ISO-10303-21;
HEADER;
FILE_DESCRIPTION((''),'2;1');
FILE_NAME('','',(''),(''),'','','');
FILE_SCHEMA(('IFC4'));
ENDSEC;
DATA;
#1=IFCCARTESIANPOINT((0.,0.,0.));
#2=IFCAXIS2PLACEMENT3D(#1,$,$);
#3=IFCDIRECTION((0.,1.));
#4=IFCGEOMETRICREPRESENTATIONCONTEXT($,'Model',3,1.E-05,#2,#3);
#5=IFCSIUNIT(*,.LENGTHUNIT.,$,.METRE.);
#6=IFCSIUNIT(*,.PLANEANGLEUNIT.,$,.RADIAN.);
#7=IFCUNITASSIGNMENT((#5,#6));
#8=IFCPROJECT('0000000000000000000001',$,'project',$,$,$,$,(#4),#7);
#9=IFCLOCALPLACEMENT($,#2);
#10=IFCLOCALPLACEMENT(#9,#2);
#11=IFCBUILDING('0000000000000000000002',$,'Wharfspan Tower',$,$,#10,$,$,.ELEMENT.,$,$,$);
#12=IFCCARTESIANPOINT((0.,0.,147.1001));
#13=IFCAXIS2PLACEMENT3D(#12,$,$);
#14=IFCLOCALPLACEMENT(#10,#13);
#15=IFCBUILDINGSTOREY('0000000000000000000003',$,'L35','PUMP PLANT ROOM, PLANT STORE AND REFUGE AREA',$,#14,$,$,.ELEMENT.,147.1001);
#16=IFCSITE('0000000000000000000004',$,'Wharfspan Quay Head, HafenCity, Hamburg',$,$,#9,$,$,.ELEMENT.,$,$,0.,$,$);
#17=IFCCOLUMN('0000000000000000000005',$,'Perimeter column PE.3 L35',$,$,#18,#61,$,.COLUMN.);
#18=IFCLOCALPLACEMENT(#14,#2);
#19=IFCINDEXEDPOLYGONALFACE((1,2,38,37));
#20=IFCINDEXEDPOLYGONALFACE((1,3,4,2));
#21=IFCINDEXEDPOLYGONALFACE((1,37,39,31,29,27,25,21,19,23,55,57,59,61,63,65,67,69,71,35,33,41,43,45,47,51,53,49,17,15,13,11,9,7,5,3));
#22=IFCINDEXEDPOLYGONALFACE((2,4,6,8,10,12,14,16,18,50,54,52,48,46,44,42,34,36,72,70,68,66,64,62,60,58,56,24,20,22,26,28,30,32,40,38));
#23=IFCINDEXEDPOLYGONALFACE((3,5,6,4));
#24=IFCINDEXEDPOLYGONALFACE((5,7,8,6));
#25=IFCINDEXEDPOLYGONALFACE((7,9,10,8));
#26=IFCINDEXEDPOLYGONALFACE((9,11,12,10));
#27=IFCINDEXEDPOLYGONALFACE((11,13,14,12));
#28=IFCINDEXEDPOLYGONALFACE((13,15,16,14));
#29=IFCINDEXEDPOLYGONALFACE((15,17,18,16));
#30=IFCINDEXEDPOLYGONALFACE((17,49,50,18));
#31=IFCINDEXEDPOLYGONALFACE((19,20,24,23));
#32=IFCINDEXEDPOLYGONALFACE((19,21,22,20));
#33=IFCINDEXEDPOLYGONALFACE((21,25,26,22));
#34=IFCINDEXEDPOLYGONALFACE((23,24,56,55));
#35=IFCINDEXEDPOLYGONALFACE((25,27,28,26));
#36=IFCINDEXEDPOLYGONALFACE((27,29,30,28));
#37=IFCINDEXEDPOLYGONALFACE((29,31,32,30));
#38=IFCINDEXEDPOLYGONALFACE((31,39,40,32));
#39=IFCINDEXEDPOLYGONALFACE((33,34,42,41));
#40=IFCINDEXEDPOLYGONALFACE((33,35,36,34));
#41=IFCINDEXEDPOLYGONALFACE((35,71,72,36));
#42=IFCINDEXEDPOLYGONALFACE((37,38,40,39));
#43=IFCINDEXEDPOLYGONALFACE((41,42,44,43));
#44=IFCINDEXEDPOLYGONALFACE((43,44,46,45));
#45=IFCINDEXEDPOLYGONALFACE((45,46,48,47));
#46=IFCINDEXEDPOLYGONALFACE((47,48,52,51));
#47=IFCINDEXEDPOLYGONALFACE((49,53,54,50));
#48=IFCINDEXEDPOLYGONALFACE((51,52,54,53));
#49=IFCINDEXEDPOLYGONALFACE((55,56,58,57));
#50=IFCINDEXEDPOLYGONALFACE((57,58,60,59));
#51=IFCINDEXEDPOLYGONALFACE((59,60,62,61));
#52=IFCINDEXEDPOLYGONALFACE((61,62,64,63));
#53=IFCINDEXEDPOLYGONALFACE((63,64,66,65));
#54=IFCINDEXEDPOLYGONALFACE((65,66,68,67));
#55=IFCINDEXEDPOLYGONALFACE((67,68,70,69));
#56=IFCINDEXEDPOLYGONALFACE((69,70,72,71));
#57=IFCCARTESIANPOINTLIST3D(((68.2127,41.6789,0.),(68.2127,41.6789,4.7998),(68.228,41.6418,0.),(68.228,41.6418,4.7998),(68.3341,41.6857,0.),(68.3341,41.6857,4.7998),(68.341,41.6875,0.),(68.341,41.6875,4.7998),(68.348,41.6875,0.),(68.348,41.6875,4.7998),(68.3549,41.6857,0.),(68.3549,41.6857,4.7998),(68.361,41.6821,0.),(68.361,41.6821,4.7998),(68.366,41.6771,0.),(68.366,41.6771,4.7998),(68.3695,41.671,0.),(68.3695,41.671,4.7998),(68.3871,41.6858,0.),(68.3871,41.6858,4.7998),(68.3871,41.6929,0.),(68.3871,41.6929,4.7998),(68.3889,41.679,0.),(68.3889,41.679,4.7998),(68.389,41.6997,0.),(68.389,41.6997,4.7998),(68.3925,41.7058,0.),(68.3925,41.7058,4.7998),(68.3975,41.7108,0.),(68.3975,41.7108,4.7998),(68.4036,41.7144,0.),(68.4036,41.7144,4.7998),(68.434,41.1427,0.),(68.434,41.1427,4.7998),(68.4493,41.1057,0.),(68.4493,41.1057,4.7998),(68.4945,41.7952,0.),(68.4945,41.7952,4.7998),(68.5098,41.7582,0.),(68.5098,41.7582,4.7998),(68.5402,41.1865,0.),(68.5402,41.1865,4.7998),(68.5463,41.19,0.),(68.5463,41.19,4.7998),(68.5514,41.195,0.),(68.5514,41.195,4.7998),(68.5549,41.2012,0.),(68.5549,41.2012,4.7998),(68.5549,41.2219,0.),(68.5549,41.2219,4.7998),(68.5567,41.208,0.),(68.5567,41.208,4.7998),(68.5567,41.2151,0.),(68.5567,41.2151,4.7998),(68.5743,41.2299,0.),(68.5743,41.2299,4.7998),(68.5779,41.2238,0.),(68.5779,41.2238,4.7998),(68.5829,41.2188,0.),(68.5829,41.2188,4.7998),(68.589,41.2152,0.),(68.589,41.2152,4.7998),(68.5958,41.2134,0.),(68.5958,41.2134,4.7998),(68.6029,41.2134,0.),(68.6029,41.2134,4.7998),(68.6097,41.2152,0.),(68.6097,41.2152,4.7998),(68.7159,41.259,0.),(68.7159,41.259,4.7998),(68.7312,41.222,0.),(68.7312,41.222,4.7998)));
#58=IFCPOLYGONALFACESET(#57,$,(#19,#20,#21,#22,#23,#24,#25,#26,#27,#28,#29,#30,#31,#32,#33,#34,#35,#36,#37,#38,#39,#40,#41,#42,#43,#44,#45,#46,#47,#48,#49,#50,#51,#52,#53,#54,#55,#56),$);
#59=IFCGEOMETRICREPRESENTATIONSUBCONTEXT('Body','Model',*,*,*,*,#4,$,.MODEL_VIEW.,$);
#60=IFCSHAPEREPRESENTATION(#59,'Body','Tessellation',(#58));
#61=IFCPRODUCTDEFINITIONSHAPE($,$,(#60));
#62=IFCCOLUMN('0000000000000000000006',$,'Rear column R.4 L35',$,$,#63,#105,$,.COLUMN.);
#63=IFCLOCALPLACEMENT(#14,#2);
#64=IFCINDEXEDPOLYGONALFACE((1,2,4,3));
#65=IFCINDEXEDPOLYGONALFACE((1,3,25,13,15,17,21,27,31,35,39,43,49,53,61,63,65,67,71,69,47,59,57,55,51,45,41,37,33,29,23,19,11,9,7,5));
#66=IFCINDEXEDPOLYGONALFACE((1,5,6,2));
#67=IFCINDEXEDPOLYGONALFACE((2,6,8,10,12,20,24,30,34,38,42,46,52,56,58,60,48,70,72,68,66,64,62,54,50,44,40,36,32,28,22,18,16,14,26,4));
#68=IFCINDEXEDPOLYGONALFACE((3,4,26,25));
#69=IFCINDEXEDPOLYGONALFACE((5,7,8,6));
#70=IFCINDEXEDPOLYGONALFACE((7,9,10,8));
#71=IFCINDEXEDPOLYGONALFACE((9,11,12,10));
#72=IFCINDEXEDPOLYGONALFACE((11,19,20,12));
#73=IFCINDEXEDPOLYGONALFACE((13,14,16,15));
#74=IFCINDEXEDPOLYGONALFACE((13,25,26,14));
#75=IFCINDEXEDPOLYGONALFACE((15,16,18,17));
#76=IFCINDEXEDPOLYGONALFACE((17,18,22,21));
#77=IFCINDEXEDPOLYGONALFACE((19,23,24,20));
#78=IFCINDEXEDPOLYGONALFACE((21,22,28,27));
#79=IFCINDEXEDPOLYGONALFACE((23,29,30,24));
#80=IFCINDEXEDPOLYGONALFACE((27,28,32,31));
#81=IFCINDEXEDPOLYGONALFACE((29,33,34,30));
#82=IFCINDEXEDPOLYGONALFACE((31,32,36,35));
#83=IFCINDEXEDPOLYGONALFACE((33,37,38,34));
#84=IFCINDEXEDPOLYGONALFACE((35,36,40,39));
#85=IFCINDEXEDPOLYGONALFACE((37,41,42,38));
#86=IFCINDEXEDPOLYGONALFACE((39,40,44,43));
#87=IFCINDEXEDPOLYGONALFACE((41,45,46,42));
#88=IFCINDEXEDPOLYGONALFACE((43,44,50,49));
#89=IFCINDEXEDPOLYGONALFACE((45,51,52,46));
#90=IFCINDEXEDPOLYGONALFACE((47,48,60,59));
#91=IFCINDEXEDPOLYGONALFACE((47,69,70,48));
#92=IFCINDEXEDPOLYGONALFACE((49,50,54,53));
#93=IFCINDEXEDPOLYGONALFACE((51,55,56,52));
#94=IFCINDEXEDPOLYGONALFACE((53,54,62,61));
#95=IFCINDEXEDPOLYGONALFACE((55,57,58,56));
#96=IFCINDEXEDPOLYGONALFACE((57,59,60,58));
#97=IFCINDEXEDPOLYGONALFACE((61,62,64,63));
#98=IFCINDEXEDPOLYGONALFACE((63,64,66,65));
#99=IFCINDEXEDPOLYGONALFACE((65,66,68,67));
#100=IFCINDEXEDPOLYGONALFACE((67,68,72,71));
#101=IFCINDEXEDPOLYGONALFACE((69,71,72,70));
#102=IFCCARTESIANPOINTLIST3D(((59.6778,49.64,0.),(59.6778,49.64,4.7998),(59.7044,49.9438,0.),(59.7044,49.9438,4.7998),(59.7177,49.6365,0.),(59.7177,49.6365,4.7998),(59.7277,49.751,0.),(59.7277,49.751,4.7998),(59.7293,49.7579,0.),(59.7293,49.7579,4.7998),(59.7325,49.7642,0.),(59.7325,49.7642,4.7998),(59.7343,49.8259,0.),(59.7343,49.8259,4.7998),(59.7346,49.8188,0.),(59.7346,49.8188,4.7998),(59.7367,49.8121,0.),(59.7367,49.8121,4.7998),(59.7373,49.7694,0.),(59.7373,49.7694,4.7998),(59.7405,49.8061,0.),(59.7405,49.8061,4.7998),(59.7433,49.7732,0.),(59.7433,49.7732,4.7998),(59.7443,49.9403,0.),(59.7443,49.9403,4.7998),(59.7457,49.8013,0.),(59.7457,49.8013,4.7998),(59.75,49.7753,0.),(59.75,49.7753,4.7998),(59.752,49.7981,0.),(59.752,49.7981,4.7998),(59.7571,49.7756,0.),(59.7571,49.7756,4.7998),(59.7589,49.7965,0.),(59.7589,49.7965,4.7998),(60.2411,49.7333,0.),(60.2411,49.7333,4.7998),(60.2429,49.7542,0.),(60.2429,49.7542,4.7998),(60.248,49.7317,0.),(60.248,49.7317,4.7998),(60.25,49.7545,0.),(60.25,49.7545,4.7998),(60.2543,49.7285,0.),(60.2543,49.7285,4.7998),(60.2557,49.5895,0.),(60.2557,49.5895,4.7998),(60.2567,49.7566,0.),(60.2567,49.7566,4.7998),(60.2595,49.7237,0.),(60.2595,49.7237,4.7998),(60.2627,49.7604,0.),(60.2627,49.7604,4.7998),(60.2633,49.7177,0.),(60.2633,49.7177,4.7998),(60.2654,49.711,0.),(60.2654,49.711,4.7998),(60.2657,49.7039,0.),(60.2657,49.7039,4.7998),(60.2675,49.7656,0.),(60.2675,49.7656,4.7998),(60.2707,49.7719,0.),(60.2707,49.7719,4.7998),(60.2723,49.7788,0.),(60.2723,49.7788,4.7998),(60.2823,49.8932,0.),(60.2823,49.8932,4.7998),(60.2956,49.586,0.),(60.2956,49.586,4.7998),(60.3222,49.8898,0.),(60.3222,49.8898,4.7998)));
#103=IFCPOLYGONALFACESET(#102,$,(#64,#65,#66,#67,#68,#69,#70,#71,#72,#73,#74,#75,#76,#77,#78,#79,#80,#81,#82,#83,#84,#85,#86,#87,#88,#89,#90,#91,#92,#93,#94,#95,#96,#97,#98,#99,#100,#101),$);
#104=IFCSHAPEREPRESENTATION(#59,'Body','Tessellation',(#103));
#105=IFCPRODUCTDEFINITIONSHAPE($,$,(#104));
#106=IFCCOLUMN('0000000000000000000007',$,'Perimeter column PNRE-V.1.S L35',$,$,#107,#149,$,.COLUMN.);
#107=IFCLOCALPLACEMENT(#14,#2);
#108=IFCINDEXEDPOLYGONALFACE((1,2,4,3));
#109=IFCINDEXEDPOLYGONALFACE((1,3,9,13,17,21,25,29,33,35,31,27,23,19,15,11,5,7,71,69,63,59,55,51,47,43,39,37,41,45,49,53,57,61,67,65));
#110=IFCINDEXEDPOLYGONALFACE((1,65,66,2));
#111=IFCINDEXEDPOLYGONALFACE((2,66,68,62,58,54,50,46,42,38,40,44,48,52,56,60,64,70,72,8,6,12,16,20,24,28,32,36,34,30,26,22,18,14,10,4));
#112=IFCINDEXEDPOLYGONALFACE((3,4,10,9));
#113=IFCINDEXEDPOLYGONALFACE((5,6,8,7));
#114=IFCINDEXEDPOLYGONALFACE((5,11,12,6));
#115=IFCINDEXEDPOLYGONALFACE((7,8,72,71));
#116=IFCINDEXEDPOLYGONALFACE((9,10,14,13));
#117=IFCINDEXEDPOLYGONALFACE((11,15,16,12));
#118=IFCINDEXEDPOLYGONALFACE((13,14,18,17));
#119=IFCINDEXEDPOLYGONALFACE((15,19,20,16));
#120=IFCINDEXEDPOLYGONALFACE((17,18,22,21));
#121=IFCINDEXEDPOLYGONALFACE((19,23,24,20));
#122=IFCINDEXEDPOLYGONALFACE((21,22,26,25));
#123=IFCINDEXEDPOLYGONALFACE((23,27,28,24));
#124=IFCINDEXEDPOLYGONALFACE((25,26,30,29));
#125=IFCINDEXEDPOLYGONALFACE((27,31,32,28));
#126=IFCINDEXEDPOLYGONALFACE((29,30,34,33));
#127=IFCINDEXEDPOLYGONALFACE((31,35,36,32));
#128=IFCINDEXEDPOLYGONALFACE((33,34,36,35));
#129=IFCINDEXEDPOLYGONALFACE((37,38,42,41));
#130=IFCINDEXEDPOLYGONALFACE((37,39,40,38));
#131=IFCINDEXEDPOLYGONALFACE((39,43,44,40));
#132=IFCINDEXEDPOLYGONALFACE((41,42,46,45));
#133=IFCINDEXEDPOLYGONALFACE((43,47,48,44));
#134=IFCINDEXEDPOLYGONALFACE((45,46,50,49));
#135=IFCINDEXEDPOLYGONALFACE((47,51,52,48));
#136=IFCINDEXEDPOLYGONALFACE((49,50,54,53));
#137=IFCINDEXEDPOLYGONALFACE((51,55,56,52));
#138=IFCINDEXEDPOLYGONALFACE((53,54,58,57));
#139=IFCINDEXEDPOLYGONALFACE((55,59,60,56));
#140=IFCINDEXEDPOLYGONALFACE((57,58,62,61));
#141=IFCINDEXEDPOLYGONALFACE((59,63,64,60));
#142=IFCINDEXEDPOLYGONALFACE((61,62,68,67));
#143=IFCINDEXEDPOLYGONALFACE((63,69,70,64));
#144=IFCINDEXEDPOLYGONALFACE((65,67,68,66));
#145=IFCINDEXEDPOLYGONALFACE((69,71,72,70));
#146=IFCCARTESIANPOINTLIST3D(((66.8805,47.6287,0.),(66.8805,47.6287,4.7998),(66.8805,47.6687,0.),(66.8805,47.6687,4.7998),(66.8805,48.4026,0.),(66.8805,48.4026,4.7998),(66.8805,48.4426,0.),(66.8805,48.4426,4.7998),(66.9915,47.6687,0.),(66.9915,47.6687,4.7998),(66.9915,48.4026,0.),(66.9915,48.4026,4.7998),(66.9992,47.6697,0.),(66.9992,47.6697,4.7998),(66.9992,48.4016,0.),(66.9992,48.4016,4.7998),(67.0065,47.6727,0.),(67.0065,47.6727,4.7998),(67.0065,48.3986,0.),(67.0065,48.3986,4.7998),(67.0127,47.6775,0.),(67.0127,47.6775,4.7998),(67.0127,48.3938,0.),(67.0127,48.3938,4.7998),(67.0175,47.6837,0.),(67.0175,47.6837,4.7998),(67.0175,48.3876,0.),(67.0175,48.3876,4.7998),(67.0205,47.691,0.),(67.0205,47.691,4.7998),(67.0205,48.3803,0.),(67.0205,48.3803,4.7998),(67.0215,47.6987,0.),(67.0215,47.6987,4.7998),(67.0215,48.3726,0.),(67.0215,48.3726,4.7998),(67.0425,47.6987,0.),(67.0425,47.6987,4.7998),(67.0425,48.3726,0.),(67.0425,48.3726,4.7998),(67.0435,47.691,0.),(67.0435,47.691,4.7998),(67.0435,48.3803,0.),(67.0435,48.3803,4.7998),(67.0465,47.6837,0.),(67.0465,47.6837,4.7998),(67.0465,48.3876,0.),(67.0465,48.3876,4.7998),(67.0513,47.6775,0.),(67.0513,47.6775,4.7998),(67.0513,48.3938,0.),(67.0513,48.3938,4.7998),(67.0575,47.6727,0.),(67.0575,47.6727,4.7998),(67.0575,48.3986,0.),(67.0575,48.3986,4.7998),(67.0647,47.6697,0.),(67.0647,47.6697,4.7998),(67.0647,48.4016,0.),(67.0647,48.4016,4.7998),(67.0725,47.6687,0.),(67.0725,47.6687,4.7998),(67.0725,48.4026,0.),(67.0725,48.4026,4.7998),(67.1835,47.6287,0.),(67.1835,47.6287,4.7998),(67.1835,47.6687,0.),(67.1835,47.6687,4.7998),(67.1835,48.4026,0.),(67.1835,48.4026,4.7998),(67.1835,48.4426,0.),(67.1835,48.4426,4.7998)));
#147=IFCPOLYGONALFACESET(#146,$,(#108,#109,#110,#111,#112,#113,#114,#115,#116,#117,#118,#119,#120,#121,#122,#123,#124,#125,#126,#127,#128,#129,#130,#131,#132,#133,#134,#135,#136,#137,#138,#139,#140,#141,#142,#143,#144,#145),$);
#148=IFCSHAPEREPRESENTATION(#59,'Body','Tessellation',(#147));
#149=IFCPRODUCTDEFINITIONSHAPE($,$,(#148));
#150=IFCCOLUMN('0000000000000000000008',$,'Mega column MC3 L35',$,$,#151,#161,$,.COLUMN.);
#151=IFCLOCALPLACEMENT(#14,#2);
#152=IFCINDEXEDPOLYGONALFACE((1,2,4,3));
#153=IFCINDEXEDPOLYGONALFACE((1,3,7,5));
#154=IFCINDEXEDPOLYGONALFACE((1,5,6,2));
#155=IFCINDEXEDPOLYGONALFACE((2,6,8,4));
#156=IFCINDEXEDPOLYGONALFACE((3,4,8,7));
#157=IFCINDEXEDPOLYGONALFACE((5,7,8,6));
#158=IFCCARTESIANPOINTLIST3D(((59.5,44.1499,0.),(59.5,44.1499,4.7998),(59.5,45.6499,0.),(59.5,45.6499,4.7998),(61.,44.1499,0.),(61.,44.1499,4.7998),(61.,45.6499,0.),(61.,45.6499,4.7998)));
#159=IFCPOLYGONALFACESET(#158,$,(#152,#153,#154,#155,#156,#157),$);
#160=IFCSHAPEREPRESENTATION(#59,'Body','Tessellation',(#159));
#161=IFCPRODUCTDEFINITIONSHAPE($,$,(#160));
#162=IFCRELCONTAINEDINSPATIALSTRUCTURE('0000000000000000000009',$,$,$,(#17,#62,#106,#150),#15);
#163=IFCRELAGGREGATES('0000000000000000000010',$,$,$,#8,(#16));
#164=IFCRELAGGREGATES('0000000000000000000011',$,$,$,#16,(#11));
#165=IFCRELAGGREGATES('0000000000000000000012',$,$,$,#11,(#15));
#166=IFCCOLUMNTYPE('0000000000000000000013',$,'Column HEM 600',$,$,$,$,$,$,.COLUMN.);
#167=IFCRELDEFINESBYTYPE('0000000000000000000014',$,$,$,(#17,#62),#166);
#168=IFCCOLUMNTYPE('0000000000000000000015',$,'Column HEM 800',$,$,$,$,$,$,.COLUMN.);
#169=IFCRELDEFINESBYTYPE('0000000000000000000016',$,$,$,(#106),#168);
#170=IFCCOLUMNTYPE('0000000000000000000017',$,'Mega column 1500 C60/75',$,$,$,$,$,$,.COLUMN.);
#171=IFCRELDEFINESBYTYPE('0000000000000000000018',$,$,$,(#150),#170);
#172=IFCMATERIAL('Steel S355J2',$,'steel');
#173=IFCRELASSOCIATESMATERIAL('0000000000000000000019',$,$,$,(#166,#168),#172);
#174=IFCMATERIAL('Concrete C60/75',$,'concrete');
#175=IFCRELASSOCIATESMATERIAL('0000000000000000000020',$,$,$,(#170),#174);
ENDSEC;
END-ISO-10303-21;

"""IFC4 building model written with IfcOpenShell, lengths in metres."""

from ifc_helpers import new_model, si_unit, direction, frame, origin, origin_2d, place, context, subcontext, project, spatial, rectangle, i_section, extrude, material, material_profile, profile_set, type_object, element, save


model = new_model("IFC4")

# Units and contexts
model_context = context("Model", 3, precision=1e-05, world=origin(), true_north=direction((0.0, 1.0)))
body_context = subcontext(model_context, "Body", "Model", "MODEL_VIEW")
ifc_project = project(units=[si_unit("LENGTHUNIT", "METRE"), si_unit("PLANEANGLEUNIT", "RADIAN")], contexts=[model_context])

# Site, building, storey
site_placement = place(None, origin())
site = spatial("IfcSite", under=ifc_project, at=site_placement, Name="Wharfspan Quay Head, HafenCity, Hamburg", CompositionType="ELEMENT", RefElevation=0.0)
building_placement = place(site_placement, origin())
building = spatial("IfcBuilding", under=site, at=building_placement, Name="Wharfspan Tower", CompositionType="ELEMENT")
storey_placement = place(building_placement, frame((0.0, 0.0, 147.1001)))
storey = spatial("IfcBuildingStorey", under=building, at=storey_placement, Name="L35", Description="PUMP PLANT ROOM, PLANT STORE AND REFUGE AREA", CompositionType="ELEMENT", Elevation=147.1001)

# Columns
ifc_material_1 = material(Name="Steel S355J2", Category="steel")
ifc_material_profile_1 = material_profile(ifc_material_1, i_section(OverallWidth=0.3049, OverallDepth=0.6201, WebThickness=0.021, FlangeThickness=0.04, FilletRadius=0.0271, at=origin_2d()))
ifc_profile_set_1 = profile_set([ifc_material_profile_1], Name="Steel S355J2")
column_type_1 = type_object("IfcColumnType", Name="Column HEM 600", PredefinedType="COLUMN", material=ifc_profile_set_1)
for number, where, z_axis, x_axis, name in (
    (1, (68.4719, 41.4504, 0.0), (0.0, 0.0, 1.0), (0.924325, 0.381602, 0.0), "Perimeter column PE.3 L35"),
    (2, (60.0, 49.7649, 0.0), (0.0, 0.0, 1.0), (0.087156, 0.996198, 0.0), "Rear column R.4 L35"),
):
    element("IfcColumn", number, at=place(storey_placement, frame(where, z_axis=z_axis, x_axis=x_axis)), inside=storey, type_object=column_type_1, Name=name, PredefinedType="COLUMN", context=body_context, shape_type="SweptSolid", body=[
        extrude(i_section(OverallWidth=0.3049, OverallDepth=0.6201, WebThickness=0.021, FlangeThickness=0.04, FilletRadius=0.0271, at=origin_2d()), origin(), (0.0, 0.0, 1.0), 4.7998),
    ])
ifc_material_profile_2 = material_profile(ifc_material_1, i_section(OverallWidth=0.303, OverallDepth=0.814, WebThickness=0.021, FlangeThickness=0.04, FilletRadius=0.03, at=origin_2d()))
ifc_profile_set_2 = profile_set([ifc_material_profile_2], Name="Steel S355J2")
column_type_2 = type_object("IfcColumnType", Name="Column HEM 800", PredefinedType="COLUMN", material=ifc_profile_set_2)
column_1_placement = place(storey_placement, frame((67.032, 48.0356, 0.0), z_axis=(0.0, 0.0, 1.0), x_axis=(1.0, 0.0, 0.0)))
element("IfcColumn", 3, at=column_1_placement, inside=storey, type_object=column_type_2, Name="Perimeter column PNRE-V.1.S L35", PredefinedType="COLUMN", context=body_context, shape_type="SweptSolid", body=[
    extrude(i_section(OverallWidth=0.303, OverallDepth=0.814, WebThickness=0.021, FlangeThickness=0.04, FilletRadius=0.03, at=origin_2d()), origin(), (0.0, 0.0, 1.0), 4.7998),
])
ifc_material_2 = material(Name="Concrete C60/75", Category="concrete")
ifc_material_profile_3 = material_profile(ifc_material_2, rectangle(XDim=1.5, YDim=1.5, at=origin_2d()))
ifc_profile_set_3 = profile_set([ifc_material_profile_3], Name="Concrete C60/75")
column_type_3 = type_object("IfcColumnType", Name="Mega column 1500 C60/75", PredefinedType="COLUMN", material=ifc_profile_set_3)
column_2_placement = place(storey_placement, frame((60.25, 44.8999, 0.0), z_axis=(0.0, 0.0, 1.0), x_axis=(1.0, 0.0, 0.0)))
element("IfcColumn", 4, at=column_2_placement, inside=storey, type_object=column_type_3, Name="Mega column MC3 L35", PredefinedType="COLUMN", context=body_context, shape_type="SweptSolid", body=[
    extrude(rectangle(XDim=1.5, YDim=1.5, at=origin_2d()), origin(), (0.0, 0.0, 1.0), 4.7998),
])

save(model, "model.ifc")
